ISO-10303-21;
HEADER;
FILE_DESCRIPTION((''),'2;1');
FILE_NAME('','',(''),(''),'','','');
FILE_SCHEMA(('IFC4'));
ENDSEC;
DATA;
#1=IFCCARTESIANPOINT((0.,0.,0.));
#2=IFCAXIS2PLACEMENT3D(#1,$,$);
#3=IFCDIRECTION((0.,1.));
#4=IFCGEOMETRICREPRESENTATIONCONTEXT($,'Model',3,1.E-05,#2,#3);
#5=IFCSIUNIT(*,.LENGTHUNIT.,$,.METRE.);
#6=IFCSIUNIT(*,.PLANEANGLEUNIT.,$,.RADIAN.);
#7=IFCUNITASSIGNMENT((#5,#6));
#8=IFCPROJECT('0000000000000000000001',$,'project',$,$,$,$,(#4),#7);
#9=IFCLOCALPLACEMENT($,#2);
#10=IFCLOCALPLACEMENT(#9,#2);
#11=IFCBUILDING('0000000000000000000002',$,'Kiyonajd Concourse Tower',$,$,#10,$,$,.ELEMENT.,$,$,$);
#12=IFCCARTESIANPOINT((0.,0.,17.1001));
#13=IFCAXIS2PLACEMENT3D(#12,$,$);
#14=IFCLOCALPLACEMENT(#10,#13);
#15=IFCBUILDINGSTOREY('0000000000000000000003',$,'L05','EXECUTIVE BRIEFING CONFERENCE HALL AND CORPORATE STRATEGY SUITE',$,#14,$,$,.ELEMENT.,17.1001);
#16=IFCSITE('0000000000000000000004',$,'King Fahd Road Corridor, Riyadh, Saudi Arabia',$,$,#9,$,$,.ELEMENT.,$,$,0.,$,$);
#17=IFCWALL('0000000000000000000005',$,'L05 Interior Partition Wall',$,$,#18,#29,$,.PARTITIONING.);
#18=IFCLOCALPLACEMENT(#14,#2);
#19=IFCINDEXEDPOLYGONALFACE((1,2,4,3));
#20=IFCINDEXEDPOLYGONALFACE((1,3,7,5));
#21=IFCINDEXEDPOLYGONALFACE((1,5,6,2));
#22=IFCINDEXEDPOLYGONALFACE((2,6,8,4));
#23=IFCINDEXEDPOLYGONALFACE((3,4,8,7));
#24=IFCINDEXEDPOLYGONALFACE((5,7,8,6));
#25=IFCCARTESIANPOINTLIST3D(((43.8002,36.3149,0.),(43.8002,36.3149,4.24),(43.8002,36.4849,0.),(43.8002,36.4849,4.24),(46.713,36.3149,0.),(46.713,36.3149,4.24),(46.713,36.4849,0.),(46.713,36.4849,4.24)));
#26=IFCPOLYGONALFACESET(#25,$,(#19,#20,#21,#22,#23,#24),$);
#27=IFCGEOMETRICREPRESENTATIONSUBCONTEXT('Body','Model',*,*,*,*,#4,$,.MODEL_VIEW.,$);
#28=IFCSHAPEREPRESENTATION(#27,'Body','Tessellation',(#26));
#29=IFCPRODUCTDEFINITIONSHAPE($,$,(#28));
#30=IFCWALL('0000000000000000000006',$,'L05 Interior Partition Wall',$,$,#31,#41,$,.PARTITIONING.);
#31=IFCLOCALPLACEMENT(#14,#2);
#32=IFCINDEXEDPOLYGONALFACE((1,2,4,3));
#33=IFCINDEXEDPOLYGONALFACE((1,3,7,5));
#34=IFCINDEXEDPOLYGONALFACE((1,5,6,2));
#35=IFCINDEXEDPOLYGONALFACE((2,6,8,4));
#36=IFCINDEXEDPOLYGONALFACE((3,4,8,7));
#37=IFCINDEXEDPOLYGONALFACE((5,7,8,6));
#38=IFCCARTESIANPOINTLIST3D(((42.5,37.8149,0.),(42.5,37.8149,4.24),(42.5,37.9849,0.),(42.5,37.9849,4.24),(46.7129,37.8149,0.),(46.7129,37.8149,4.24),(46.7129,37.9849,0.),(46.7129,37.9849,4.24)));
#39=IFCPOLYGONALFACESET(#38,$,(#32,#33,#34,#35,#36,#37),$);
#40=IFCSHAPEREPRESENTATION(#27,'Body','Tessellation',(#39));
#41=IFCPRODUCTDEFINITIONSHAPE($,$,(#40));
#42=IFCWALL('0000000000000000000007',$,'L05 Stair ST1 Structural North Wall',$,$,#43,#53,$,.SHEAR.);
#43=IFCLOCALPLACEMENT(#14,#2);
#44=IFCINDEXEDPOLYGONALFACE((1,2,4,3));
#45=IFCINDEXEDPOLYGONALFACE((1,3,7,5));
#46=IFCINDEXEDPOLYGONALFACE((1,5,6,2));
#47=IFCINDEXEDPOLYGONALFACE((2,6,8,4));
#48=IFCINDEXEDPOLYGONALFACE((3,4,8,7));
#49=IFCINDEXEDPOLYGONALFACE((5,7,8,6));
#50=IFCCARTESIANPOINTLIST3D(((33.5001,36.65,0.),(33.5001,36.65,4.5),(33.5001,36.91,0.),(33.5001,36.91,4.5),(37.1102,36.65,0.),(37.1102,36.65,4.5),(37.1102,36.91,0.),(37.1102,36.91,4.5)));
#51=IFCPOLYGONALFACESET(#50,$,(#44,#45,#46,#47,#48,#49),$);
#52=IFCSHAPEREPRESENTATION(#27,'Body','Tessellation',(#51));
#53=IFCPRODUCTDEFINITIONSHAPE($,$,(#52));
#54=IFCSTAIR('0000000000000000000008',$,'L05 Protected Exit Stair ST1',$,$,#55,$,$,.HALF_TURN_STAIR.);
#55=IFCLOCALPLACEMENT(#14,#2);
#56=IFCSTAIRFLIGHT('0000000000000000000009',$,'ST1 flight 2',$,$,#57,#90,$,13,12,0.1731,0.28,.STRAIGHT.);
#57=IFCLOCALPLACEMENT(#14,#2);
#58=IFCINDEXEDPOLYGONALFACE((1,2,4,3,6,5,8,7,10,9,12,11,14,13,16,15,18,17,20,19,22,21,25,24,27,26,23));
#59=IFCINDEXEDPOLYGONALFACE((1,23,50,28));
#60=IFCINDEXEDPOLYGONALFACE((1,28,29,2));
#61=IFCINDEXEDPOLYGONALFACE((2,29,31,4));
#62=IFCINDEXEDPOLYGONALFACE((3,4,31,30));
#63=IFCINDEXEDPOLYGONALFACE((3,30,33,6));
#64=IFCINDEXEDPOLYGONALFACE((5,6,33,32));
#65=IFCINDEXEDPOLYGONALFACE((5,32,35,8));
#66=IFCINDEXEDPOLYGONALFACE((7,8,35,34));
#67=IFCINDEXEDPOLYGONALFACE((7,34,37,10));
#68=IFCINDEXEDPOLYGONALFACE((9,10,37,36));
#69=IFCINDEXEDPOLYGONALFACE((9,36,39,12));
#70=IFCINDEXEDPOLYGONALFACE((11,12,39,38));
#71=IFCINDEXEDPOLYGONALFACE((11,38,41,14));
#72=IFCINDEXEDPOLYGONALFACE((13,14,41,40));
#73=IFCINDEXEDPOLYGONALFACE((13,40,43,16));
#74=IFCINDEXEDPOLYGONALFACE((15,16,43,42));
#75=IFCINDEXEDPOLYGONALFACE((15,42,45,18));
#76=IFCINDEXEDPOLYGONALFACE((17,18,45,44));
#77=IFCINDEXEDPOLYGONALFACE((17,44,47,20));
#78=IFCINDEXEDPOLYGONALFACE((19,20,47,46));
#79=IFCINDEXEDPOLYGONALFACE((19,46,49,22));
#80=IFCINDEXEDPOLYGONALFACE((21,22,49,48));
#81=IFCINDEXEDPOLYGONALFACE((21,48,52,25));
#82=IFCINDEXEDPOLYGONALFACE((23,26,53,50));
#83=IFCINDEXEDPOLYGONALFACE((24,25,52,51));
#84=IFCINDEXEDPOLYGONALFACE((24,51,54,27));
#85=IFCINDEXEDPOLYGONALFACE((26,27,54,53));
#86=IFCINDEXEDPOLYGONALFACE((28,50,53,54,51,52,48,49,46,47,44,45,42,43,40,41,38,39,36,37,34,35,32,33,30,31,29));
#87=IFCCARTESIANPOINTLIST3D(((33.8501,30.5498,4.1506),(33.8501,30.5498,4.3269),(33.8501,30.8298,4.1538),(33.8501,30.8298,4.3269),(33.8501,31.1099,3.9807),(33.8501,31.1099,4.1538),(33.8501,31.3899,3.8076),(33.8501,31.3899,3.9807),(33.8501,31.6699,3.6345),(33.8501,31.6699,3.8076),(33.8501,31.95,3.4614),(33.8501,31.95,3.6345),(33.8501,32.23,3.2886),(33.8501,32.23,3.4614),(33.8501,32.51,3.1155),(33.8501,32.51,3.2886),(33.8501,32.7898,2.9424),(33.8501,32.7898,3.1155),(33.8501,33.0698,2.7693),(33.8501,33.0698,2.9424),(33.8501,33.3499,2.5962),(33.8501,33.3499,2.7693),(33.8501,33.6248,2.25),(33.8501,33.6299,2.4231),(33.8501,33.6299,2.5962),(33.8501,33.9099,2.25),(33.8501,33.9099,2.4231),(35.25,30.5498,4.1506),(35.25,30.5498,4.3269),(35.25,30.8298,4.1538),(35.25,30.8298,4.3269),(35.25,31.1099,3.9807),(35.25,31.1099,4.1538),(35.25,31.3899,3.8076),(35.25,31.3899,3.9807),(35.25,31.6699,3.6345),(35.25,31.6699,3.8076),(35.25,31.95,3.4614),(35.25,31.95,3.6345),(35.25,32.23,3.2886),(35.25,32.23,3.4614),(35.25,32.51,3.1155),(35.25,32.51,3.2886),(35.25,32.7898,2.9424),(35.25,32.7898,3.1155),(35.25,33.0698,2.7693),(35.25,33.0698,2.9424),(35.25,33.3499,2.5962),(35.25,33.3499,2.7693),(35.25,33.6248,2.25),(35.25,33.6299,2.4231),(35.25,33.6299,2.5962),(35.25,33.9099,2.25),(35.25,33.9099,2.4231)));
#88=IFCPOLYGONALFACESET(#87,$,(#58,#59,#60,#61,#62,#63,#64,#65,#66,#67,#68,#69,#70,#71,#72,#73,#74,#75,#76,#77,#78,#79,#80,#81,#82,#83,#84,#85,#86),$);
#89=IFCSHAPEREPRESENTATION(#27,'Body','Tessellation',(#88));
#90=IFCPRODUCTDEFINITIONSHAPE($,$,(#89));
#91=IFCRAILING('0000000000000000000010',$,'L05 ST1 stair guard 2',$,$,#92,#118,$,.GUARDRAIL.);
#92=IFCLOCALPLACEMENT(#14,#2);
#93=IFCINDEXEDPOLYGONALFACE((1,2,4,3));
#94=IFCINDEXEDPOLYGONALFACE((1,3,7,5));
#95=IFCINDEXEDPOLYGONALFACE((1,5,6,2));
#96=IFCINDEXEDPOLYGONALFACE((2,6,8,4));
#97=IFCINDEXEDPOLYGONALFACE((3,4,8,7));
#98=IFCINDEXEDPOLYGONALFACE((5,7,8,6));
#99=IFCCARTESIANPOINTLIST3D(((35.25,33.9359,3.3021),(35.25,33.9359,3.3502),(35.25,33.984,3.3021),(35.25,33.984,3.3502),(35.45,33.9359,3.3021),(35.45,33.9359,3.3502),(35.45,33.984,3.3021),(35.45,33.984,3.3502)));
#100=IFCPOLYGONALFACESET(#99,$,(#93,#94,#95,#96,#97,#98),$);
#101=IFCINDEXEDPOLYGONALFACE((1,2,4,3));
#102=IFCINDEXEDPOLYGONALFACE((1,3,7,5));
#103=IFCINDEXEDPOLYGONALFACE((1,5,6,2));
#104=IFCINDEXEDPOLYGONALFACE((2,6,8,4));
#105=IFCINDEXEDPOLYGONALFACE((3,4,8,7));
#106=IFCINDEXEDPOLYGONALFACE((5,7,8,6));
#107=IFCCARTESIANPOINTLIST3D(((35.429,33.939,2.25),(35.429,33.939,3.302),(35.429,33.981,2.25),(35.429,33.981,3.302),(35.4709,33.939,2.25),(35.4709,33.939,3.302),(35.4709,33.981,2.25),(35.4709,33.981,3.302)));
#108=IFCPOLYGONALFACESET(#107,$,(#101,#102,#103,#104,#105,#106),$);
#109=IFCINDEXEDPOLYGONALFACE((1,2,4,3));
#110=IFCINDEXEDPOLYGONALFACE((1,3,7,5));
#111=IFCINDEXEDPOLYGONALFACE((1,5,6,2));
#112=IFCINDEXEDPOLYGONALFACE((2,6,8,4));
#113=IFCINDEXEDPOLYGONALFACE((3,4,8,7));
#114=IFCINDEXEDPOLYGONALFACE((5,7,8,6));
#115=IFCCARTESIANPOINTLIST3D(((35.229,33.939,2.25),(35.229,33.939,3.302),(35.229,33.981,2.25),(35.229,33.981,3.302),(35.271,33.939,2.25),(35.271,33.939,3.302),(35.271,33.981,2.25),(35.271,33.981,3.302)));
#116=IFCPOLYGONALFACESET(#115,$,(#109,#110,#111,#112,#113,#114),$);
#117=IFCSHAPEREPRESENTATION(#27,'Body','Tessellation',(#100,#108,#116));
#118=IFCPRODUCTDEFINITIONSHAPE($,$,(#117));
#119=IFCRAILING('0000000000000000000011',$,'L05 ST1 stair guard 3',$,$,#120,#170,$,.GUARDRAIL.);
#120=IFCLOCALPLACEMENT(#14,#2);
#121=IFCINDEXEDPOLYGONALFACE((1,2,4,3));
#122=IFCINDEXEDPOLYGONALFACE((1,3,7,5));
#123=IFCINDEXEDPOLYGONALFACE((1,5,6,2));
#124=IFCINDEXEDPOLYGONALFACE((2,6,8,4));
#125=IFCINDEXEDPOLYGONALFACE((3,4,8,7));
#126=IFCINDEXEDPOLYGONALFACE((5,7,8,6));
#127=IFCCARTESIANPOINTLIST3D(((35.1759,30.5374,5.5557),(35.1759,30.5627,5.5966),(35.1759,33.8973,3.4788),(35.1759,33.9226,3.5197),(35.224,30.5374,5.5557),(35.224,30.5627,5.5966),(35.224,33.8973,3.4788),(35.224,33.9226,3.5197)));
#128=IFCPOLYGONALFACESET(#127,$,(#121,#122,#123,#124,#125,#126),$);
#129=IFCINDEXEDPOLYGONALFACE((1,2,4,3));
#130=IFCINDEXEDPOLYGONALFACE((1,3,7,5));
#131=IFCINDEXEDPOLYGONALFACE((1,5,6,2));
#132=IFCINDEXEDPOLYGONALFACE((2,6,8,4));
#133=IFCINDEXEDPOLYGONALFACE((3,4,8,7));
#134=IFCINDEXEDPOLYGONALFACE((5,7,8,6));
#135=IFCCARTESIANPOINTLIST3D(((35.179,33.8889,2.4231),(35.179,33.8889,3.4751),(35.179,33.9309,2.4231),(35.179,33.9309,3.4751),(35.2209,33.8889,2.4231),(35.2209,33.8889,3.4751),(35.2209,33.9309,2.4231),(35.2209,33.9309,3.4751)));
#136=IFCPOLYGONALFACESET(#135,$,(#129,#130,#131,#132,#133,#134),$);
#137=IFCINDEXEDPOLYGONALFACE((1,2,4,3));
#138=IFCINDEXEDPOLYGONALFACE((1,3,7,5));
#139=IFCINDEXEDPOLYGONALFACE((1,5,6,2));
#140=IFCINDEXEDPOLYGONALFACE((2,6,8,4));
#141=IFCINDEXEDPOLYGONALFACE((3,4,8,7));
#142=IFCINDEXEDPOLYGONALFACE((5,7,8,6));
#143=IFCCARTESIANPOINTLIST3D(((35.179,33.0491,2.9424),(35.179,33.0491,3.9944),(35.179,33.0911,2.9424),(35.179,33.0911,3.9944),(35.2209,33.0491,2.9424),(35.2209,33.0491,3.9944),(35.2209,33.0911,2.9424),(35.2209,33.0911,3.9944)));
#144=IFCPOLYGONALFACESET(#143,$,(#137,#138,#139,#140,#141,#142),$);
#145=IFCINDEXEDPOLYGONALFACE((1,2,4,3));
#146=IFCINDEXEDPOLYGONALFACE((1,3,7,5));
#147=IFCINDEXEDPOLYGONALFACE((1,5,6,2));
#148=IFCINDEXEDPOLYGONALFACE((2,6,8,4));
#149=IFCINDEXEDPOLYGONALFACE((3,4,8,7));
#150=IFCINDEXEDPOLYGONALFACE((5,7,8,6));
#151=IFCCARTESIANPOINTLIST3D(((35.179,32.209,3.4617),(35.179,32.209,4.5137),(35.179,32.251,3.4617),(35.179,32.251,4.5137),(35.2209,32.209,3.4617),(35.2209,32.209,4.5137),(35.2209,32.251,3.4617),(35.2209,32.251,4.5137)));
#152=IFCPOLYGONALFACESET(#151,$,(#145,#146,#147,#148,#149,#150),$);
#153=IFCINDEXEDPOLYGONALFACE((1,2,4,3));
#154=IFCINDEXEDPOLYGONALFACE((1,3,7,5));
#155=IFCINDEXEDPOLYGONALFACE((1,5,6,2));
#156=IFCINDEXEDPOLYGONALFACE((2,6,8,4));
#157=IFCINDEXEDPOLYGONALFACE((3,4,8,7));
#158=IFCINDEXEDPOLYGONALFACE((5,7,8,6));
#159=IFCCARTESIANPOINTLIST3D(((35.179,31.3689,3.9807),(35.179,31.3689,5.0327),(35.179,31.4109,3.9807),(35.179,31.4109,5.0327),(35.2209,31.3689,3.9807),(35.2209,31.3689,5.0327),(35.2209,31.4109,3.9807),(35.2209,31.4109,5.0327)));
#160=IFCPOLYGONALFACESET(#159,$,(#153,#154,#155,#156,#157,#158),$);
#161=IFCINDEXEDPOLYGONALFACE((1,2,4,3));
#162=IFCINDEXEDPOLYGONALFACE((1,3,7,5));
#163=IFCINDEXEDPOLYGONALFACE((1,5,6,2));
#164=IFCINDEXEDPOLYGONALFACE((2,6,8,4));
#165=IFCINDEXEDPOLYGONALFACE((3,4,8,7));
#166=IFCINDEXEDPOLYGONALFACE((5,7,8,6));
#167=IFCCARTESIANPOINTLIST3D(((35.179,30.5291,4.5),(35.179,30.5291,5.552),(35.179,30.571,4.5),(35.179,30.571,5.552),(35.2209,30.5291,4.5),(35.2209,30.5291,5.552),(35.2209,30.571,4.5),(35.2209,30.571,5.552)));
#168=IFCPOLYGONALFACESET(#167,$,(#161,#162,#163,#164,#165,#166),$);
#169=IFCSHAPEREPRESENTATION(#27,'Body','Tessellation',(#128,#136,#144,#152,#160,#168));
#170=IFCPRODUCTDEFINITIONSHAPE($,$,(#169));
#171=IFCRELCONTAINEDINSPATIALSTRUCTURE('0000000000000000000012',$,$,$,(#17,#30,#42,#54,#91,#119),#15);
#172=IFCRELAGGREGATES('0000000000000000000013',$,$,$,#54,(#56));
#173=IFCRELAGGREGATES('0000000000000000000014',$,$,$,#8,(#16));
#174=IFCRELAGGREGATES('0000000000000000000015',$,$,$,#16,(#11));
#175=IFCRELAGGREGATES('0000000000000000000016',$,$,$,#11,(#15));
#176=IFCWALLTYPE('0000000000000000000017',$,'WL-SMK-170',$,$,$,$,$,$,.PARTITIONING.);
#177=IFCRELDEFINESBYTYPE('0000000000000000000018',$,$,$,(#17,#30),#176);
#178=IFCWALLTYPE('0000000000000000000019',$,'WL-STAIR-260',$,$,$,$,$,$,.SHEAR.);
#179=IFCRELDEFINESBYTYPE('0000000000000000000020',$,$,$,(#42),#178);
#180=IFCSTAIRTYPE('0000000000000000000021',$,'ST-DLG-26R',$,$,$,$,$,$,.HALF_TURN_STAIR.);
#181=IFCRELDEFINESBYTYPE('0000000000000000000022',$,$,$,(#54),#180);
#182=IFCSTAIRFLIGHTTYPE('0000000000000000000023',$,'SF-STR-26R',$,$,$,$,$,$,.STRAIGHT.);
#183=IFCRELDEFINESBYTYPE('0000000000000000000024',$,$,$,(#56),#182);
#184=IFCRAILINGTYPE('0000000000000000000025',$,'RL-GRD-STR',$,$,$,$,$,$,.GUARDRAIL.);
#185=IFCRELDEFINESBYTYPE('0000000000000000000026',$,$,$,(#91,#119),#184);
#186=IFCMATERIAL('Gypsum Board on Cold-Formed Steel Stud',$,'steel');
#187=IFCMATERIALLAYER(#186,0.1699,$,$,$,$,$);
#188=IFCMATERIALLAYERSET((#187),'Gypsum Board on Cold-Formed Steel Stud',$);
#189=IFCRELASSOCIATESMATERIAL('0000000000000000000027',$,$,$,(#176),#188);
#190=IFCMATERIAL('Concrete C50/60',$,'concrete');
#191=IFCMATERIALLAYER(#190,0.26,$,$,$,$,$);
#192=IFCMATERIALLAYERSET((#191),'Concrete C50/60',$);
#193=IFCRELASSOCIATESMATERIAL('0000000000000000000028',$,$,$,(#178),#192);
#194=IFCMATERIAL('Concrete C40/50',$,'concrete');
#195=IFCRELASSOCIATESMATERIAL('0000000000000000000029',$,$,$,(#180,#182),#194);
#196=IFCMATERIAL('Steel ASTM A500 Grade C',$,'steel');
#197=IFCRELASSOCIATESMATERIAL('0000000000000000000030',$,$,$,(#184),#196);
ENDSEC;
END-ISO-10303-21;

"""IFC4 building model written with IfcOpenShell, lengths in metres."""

from ifc_helpers import new_model, si_unit, direction, frame, frame_2d, origin, origin_2d, place, context, subcontext, project, spatial, polyline, rectangle, outline, extrude, material, layer, layer_set, type_object, element, aggregate, save


model = new_model("IFC4")

# Units and contexts
model_context = context("Model", 3, precision=1e-05, world=origin(), true_north=direction((0.0, 1.0)))
body_context = subcontext(model_context, "Body", "Model", "MODEL_VIEW")
ifc_project = project(units=[si_unit("LENGTHUNIT", "METRE"), si_unit("PLANEANGLEUNIT", "RADIAN")], contexts=[model_context])

# Site, building, storey
site_placement = place(None, origin())
site = spatial("IfcSite", under=ifc_project, at=site_placement, Name="King Fahd Road Corridor, Riyadh, Saudi Arabia", CompositionType="ELEMENT", RefElevation=0.0)
building_placement = place(site_placement, origin())
building = spatial("IfcBuilding", under=site, at=building_placement, Name="Kiyonajd Concourse Tower", CompositionType="ELEMENT")
storey_placement = place(building_placement, frame((0.0, 0.0, 17.1001)))
storey = spatial("IfcBuildingStorey", under=building, at=storey_placement, Name="L05", Description="EXECUTIVE BRIEFING CONFERENCE HALL AND CORPORATE STRATEGY SUITE", CompositionType="ELEMENT", Elevation=17.1001)

# Shared definitions
ifc_material_1 = material(Name="Gypsum Board on Cold-Formed Steel Stud", Category="steel")

# Walls
ifc_layer_1 = layer(ifc_material_1, 0.1699)
ifc_layer_set_1 = layer_set([ifc_layer_1], Name="Gypsum Board on Cold-Formed Steel Stud")
wall_type_1 = type_object("IfcWallType", Name="WL-SMK-170", PredefinedType="PARTITIONING", material=ifc_layer_set_1)
wall_1_placement = place(storey_placement, frame((43.8, 36.3999, 0.0), z_axis=(0.0, 0.0, 1.0), x_axis=(1.0, 0.0, 0.0)))
element("IfcWall", 1, at=wall_1_placement, inside=storey, type_object=wall_type_1, Name="L05 Interior Partition Wall", PredefinedType="PARTITIONING", context=body_context, shape_type="SweptSolid", body=[
    extrude(rectangle(XDim=2.9128, YDim=0.1699, at=frame_2d((1.4565, 0.0))), origin(), (0.0, 0.0, 1.0), 4.24),
])
wall_2_placement = place(storey_placement, frame((42.5, 37.8999, 0.0), z_axis=(0.0, 0.0, 1.0), x_axis=(1.0, 0.0, 0.0)))
element("IfcWall", 2, at=wall_2_placement, inside=storey, type_object=wall_type_1, Name="L05 Interior Partition Wall", PredefinedType="PARTITIONING", context=body_context, shape_type="SweptSolid", body=[
    extrude(rectangle(XDim=4.2129, YDim=0.1699, at=frame_2d((2.1064, 0.0))), origin(), (0.0, 0.0, 1.0), 4.24),
])
ifc_material_2 = material(Name="Concrete C50/60", Category="concrete")
ifc_layer_2 = layer(ifc_material_2, 0.26)
ifc_layer_set_2 = layer_set([ifc_layer_2], Name="Concrete C50/60")
wall_type_2 = type_object("IfcWallType", Name="WL-STAIR-260", PredefinedType="SHEAR", material=ifc_layer_set_2)
wall_3_placement = place(storey_placement, frame((33.5, 36.78, 0.0), z_axis=(0.0, 0.0, 1.0), x_axis=(1.0, 0.0, 0.0)))
element("IfcWall", 3, at=wall_3_placement, inside=storey, type_object=wall_type_2, Name="L05 Stair ST1 Structural North Wall", PredefinedType="SHEAR", context=body_context, shape_type="SweptSolid", body=[
    extrude(rectangle(XDim=3.6101, YDim=0.26, at=frame_2d((1.8052, 0.0))), origin(), (0.0, 0.0, 1.0), 4.5),
])

# Stair, stair flight
ifc_material_3 = material(Name="Concrete C40/50", Category="concrete")
stair_type = type_object("IfcStairType", Name="ST-DLG-26R", PredefinedType="HALF_TURN_STAIR", material=ifc_material_3)
stair_placement = place(storey_placement, origin())
stair = element("IfcStair", 4, at=stair_placement, inside=storey, type_object=stair_type, Name="L05 Protected Exit Stair ST1", PredefinedType="HALF_TURN_STAIR")
stair_flight_type = type_object("IfcStairFlightType", Name="SF-STR-26R", PredefinedType="STRAIGHT", material=ifc_material_3)
stair_flight_placement = place(storey_placement, frame((34.55, 33.9099, 2.25), z_axis=(0.0, 0.0, 1.0), x_axis=(0.0, -1.0, 0.0)))
stair_flight = element("IfcStairFlight", 5, at=stair_flight_placement, type_object=stair_flight_type, Name="ST1 flight 2", NumberOfRisers=13, NumberOfTreads=12, PredefinedType="STRAIGHT", RiserHeight=0.1731, TreadLength=0.28, context=body_context, shape_type="SweptSolid", body=[
    extrude(outline(polyline([(0.0, 0.0), (0.0, 0.1731), (0.28, 0.1731), (0.28, 0.3462), (0.5601, 0.3462), (0.5601, 0.5193), (0.8401, 0.5193), (0.8401, 0.6924), (1.1201, 0.6924), (1.1201, 0.8655), (1.3999, 0.8655), (1.3999, 1.0386), (1.6799, 1.0386), (1.6799, 1.2114), (1.96, 1.2114), (1.96, 1.3845), (2.24, 1.3845), (2.24, 1.5576), (2.52, 1.5576), (2.52, 1.7307), (2.8, 1.7307), (2.8, 1.9038), (3.0801, 1.9038), (3.0801, 2.0769), (3.3601, 2.0769), (3.3601, 2.25), (3.3601, 1.9006), (0.2852, 0.0), (0.0, 0.0)])), frame((0.0, 0.7, 0.0), z_axis=(0.0, -1.0, 0.0), x_axis=(1.0, 0.0, 0.0)), (0.0, 0.0, 1.0), 1.3999),
])
aggregate(stair, [stair_flight])

# Railings
ifc_material_4 = material(Name="Steel ASTM A500 Grade C", Category="steel")
railing_type = type_object("IfcRailingType", Name="RL-GRD-STR", PredefinedType="GUARDRAIL", material=ifc_material_4)
railing_1_placement = place(storey_placement, frame((35.45, 33.96, 2.25)))
element("IfcRailing", 6, at=railing_1_placement, inside=storey, type_object=railing_type, Name="L05 ST1 stair guard 2", PredefinedType="GUARDRAIL", context=body_context, shape_type="SweptSolid", body=[
    extrude(rectangle(XDim=0.0481, YDim=0.0481, at=origin_2d()), frame((0.0, 0.0, 1.0762), z_axis=(-1.0, 0.0, 0.0), x_axis=(0.0, -1.0, 0.0)), (0.0, 0.0, 1.0), 0.2),
    extrude(rectangle(XDim=0.042, YDim=0.042, at=origin_2d()), origin(), (0.0, 0.0, 1.0), 1.052),
    extrude(rectangle(XDim=0.042, YDim=0.042, at=origin_2d()), frame((-0.2, 0.0, 0.0)), (0.0, 0.0, 1.0), 1.052),
])
railing_2_placement = place(storey_placement, frame((35.2, 33.9099, 2.4231)))
element("IfcRailing", 7, at=railing_2_placement, inside=storey, type_object=railing_type, Name="L05 ST1 stair guard 3", PredefinedType="GUARDRAIL", context=body_context, shape_type="SweptSolid", body=[
    extrude(rectangle(XDim=0.0481, YDim=0.0481, at=origin_2d()), frame((0.0, 0.0, 1.0762), z_axis=(0.0, -0.850606, 0.525803), x_axis=(1.0, 0.0, 0.0)), (0.0, 0.0, 1.0), 3.95),
    extrude(rectangle(XDim=0.042, YDim=0.042, at=origin_2d()), origin(), (0.0, 0.0, 1.0), 1.052),
    extrude(rectangle(XDim=0.042, YDim=0.042, at=origin_2d()), frame((0.0, -0.8398, 0.5193)), (0.0, 0.0, 1.0), 1.052),
    extrude(rectangle(XDim=0.042, YDim=0.042, at=origin_2d()), frame((0.0, -1.6799, 1.0386)), (0.0, 0.0, 1.0), 1.052),
    extrude(rectangle(XDim=0.042, YDim=0.042, at=origin_2d()), frame((0.0, -2.52, 1.5576)), (0.0, 0.0, 1.0), 1.052),
    extrude(rectangle(XDim=0.042, YDim=0.042, at=origin_2d()), frame((0.0, -3.3599, 2.0769)), (0.0, 0.0, 1.0), 1.052),
])

save(model, "model.ifc")
